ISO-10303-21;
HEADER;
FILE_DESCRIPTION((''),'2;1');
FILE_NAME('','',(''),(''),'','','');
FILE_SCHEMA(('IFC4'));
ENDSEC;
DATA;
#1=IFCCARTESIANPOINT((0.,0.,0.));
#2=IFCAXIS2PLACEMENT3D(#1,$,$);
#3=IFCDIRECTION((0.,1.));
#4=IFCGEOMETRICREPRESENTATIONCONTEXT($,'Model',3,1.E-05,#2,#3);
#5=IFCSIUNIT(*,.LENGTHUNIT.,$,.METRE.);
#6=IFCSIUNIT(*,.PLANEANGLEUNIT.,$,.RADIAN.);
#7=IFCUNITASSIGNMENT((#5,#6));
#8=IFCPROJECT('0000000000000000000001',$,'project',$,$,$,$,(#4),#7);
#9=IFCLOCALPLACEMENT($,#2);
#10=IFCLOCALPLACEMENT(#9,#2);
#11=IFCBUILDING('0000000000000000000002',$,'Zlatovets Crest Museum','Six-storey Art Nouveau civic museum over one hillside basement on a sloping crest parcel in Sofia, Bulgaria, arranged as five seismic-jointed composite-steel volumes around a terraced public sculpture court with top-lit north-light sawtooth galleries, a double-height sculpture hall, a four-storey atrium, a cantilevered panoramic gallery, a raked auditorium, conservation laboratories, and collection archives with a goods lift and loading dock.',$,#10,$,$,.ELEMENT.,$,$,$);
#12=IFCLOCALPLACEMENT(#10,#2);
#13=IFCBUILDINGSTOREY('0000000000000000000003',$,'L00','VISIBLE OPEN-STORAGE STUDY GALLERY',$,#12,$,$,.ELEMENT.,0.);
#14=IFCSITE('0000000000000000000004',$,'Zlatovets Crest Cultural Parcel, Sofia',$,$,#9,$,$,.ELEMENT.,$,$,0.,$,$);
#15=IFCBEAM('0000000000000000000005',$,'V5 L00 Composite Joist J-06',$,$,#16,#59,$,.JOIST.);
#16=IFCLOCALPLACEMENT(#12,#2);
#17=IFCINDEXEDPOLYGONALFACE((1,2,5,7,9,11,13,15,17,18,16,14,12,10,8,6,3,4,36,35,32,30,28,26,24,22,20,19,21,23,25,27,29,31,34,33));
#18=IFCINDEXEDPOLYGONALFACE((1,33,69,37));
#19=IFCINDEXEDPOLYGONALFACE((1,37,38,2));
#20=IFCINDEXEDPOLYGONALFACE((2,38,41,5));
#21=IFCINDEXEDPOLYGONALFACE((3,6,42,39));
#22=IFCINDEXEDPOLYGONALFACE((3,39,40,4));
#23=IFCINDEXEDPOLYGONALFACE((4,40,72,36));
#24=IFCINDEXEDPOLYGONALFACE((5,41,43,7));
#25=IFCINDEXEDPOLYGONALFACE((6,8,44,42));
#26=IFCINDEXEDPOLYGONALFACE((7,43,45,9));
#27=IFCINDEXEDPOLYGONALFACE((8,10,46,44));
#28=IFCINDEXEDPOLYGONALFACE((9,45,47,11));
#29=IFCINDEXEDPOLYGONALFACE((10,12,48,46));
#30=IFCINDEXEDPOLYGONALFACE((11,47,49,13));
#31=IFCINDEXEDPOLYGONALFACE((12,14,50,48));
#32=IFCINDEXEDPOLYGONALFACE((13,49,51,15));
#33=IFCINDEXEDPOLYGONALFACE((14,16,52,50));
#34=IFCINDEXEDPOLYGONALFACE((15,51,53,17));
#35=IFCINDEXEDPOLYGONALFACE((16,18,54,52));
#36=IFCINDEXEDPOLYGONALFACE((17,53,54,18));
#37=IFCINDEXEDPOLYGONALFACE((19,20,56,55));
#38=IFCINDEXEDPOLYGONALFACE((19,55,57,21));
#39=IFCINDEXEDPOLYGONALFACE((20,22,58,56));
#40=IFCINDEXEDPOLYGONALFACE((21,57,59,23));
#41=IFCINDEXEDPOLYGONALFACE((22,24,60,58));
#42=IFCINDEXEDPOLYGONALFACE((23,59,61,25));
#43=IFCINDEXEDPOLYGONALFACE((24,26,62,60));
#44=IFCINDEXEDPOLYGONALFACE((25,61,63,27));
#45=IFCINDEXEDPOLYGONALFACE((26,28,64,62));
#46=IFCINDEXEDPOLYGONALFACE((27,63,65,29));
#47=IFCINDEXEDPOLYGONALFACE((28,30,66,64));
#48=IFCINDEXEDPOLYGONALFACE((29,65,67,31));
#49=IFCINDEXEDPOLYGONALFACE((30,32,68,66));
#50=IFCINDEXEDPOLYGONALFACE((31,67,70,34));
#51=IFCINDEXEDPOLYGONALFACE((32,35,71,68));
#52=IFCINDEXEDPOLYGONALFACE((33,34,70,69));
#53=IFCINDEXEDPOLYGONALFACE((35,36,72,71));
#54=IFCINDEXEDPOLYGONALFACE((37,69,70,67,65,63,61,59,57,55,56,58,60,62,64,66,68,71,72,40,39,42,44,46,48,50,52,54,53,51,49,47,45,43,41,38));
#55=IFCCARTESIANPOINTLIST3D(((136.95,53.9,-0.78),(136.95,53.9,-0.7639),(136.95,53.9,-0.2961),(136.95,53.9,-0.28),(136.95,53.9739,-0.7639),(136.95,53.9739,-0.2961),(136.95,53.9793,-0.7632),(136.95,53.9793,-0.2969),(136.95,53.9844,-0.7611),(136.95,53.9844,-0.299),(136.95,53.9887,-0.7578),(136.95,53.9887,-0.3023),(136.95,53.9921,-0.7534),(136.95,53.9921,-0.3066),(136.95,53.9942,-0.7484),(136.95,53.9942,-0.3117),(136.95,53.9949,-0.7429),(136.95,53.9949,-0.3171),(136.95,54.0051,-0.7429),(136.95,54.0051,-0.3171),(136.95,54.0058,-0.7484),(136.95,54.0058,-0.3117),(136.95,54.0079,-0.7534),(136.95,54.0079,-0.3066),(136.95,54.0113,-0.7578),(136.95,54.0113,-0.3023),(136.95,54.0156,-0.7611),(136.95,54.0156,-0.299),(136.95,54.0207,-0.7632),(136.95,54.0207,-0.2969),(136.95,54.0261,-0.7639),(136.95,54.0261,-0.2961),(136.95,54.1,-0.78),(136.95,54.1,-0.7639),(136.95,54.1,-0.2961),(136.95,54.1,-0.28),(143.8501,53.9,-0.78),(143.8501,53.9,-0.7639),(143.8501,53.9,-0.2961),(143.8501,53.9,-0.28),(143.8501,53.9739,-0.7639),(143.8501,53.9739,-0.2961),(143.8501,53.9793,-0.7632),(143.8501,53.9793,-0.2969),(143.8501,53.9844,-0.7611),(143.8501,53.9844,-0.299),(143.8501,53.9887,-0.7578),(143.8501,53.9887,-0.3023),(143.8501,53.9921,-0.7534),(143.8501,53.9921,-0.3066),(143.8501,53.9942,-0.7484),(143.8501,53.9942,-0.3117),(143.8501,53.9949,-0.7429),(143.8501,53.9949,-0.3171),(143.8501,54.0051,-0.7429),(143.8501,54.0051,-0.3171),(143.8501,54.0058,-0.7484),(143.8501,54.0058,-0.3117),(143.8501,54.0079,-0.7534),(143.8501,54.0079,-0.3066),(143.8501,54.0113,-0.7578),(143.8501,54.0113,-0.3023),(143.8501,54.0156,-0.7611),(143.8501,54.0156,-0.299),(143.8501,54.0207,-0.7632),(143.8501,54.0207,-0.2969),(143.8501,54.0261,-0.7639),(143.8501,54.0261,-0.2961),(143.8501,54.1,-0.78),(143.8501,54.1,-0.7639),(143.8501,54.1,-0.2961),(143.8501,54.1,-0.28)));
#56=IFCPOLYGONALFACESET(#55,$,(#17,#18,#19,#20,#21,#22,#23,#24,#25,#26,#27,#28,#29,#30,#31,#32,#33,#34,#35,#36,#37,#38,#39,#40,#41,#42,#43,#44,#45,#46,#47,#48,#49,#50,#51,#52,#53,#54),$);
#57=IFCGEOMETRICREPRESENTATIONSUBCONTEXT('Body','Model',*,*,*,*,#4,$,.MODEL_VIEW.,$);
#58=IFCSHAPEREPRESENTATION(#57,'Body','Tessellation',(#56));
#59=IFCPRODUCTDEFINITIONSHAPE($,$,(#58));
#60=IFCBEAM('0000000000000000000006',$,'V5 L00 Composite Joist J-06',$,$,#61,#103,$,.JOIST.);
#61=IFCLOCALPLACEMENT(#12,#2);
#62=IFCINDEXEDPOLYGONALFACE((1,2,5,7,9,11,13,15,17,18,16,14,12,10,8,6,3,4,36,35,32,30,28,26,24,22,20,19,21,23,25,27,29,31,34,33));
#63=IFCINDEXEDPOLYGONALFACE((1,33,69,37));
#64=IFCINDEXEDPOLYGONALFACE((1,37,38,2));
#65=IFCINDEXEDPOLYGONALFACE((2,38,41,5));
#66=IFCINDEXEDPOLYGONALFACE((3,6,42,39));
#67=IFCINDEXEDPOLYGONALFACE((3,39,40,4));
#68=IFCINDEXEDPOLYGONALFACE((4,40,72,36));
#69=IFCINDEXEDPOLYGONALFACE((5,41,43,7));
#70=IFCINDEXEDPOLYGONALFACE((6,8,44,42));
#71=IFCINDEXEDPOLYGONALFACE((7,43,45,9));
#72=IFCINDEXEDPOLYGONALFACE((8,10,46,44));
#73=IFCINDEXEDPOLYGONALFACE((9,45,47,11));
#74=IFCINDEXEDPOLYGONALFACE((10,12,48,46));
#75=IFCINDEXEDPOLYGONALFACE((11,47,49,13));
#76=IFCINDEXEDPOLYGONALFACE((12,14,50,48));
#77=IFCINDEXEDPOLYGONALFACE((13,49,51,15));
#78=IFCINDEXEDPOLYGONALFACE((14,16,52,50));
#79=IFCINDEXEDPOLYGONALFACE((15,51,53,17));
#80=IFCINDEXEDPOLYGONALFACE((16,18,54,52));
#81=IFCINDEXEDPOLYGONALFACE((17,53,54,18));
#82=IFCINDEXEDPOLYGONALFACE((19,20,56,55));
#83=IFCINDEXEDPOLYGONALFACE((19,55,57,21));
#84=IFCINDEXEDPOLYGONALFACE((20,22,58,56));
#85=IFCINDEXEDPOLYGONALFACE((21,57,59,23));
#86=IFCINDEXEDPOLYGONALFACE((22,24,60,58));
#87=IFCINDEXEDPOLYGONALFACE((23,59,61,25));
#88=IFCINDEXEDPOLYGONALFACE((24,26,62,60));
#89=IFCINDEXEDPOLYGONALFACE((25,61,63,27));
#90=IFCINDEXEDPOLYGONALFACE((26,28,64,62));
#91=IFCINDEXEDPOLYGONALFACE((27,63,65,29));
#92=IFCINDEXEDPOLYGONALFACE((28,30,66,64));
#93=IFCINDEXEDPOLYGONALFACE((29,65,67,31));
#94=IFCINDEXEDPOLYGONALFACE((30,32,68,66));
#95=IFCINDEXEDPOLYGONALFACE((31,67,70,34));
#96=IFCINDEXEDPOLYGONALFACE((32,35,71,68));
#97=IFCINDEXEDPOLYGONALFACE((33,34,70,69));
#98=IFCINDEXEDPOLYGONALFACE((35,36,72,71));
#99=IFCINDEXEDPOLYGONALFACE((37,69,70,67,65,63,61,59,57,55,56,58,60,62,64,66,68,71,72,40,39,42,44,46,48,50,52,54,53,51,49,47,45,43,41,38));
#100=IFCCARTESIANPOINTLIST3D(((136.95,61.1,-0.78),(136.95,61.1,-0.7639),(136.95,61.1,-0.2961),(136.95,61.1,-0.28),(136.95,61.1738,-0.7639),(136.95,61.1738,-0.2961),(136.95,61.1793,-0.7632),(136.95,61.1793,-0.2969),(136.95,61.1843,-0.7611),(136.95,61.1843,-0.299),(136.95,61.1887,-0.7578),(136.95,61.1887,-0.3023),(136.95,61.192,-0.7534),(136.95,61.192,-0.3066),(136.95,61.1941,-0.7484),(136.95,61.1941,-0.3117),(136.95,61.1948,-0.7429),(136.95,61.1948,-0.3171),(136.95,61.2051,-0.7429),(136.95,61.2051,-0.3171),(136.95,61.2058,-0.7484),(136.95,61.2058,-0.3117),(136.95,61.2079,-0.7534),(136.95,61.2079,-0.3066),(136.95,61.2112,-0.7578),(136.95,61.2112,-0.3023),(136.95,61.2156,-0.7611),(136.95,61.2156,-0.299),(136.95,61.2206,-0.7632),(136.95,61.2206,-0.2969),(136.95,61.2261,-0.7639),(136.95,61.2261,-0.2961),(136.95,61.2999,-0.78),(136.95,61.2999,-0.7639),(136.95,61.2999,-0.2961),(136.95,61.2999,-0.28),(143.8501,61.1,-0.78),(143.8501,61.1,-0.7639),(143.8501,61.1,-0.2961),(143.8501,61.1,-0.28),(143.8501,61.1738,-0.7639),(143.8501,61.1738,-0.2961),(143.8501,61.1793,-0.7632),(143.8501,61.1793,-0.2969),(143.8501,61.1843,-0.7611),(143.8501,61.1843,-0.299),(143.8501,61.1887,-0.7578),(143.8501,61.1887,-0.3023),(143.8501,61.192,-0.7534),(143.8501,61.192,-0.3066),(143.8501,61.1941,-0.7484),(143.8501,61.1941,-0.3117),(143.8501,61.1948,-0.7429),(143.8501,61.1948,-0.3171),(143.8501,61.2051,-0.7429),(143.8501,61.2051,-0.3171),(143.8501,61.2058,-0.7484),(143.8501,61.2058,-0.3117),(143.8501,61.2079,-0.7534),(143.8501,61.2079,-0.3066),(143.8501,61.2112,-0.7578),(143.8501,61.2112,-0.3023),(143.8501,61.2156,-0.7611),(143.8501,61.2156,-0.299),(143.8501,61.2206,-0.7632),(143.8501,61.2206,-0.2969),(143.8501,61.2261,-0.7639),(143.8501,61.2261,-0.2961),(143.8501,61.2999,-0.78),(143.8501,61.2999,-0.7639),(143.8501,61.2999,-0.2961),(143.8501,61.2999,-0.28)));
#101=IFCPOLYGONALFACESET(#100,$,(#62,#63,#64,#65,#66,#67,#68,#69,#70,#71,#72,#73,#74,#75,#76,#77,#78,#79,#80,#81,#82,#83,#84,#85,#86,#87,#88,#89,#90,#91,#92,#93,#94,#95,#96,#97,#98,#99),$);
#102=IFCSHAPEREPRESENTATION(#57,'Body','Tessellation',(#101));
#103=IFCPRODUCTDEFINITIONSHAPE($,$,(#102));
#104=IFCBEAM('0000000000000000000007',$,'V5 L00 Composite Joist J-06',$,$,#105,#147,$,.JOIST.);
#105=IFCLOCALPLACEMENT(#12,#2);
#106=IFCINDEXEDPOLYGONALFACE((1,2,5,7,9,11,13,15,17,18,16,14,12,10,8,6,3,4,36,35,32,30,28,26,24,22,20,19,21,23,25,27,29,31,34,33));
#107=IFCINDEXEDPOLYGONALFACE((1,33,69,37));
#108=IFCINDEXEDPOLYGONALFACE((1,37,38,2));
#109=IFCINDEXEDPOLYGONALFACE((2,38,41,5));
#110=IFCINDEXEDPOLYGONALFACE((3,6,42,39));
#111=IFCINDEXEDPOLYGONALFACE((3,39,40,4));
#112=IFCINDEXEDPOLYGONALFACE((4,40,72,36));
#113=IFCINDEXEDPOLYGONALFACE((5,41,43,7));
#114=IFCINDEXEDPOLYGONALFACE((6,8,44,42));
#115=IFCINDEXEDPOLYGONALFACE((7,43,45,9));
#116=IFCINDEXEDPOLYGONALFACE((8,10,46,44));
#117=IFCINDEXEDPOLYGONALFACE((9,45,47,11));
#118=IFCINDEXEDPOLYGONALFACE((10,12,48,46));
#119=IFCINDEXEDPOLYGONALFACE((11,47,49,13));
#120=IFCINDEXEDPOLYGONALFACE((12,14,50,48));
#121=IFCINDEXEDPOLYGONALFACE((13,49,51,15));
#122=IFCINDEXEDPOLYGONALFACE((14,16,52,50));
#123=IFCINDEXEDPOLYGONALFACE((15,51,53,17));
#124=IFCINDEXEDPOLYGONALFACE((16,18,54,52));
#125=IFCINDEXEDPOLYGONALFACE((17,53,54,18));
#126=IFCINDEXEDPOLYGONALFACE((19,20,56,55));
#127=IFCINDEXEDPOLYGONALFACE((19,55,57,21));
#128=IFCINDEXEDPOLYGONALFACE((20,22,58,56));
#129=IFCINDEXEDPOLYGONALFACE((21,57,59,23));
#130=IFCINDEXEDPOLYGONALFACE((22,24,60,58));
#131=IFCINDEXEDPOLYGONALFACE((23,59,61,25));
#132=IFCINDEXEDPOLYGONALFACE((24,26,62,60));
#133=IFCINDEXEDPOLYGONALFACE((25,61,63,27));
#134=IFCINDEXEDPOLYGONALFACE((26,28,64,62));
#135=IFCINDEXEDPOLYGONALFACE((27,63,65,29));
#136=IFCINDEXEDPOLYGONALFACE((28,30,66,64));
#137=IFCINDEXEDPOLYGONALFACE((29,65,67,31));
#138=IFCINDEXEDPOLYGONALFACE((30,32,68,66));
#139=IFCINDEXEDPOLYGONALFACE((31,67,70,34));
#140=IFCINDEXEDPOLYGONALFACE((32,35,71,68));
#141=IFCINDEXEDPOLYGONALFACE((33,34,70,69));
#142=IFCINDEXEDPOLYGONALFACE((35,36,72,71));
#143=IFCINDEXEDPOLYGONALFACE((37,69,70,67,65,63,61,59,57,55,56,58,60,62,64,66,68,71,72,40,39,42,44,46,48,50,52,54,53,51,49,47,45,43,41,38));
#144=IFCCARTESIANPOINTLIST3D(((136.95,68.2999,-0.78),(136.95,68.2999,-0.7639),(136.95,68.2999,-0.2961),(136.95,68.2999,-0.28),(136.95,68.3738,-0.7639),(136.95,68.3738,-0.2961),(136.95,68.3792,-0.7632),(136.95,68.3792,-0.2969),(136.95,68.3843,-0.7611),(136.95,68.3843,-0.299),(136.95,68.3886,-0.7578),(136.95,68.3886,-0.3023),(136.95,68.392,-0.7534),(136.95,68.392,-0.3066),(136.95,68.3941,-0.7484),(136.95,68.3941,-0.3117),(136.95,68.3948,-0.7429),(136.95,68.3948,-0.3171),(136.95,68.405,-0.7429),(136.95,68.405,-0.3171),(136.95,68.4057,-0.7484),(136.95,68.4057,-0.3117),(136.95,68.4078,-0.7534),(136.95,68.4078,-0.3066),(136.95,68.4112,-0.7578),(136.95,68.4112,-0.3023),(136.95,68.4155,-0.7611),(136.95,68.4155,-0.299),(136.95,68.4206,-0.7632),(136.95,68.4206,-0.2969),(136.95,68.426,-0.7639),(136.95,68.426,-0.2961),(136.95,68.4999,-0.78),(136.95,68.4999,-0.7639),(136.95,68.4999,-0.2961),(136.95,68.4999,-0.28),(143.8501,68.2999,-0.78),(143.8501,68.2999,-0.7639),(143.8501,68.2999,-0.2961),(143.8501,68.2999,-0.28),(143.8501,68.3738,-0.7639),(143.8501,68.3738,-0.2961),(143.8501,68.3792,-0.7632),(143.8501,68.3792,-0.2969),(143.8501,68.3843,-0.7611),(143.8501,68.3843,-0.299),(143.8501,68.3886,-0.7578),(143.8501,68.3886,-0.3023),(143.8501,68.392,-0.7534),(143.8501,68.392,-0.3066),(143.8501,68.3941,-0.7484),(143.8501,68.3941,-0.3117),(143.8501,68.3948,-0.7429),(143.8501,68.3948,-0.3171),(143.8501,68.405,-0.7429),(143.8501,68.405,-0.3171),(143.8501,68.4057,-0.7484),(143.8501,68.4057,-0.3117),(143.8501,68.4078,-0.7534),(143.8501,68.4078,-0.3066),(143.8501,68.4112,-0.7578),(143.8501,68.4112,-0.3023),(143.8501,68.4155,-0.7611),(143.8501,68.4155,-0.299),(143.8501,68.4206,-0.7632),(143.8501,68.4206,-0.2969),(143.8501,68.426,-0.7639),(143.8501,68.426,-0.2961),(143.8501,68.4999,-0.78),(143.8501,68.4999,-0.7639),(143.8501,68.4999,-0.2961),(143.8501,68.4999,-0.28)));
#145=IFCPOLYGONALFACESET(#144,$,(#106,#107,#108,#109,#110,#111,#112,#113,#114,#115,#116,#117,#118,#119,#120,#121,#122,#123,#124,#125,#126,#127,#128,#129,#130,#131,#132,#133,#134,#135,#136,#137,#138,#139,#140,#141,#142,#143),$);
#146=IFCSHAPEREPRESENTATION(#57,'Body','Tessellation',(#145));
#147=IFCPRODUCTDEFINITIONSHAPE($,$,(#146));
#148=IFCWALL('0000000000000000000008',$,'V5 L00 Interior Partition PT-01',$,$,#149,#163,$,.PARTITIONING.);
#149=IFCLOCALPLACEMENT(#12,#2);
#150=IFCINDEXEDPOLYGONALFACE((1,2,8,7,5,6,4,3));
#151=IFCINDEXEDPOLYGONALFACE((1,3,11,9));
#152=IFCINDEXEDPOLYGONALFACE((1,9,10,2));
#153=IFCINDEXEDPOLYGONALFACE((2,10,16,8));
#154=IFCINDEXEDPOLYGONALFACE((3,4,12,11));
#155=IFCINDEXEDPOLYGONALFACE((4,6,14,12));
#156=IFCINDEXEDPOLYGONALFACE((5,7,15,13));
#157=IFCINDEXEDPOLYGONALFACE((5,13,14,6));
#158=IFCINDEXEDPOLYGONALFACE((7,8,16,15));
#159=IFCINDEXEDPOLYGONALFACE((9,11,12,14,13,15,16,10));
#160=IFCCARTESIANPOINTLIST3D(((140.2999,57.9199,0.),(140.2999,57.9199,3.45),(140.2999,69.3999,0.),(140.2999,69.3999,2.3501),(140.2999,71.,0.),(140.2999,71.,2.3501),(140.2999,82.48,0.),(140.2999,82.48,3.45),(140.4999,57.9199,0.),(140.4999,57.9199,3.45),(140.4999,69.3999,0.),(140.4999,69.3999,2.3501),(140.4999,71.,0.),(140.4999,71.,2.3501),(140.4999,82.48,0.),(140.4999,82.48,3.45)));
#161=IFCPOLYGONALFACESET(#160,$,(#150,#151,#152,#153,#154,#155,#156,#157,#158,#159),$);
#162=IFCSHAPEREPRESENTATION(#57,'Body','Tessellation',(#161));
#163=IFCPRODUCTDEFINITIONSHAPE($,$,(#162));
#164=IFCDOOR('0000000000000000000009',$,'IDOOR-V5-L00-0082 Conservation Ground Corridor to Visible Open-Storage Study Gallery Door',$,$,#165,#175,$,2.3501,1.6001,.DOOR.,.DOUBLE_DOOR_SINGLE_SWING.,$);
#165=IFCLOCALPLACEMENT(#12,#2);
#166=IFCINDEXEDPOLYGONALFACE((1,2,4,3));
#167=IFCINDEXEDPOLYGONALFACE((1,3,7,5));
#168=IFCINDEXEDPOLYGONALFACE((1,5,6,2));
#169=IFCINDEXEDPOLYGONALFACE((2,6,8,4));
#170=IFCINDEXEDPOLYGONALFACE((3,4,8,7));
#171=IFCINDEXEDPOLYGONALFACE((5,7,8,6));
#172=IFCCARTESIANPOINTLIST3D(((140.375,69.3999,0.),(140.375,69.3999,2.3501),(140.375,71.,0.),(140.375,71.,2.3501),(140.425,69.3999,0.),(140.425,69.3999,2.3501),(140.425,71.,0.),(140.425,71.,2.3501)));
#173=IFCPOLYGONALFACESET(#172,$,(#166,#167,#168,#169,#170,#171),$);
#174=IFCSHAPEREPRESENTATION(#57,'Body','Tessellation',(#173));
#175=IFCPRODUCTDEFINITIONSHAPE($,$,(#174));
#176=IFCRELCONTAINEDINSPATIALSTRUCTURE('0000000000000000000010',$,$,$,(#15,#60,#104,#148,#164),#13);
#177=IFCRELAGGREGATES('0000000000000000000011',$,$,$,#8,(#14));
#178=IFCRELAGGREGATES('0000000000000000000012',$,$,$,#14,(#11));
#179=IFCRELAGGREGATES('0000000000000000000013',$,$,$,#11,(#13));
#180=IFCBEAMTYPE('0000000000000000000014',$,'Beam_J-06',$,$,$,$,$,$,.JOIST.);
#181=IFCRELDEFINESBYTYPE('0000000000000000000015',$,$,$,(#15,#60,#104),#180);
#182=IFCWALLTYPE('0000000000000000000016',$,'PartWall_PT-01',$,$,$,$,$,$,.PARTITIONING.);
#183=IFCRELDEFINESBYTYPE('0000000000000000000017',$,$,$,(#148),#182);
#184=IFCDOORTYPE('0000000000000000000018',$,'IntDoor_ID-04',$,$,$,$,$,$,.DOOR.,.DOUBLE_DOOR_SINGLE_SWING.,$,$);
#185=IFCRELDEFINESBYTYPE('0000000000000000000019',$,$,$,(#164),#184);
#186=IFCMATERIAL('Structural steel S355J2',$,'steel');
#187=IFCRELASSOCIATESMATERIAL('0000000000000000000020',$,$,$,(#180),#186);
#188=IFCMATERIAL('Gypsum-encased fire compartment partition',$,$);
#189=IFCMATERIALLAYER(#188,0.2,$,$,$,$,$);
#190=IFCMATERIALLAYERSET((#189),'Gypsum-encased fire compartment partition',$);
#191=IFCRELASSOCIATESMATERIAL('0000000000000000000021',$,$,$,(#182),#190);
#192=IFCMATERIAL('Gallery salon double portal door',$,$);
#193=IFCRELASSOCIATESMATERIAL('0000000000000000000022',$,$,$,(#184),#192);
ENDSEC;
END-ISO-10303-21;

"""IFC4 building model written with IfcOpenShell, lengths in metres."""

from ifc_helpers import new_model, si_unit, direction, frame, frame_2d, origin, origin_2d, place, context, subcontext, project, spatial, rectangle, i_section, extrude, material, layer, layer_set, material_profile, profile_set, type_object, element, fill, save


model = new_model("IFC4")

# Units and contexts
model_context = context("Model", 3, precision=1e-05, world=origin(), true_north=direction((0.0, 1.0)))
body_context = subcontext(model_context, "Body", "Model", "MODEL_VIEW")
ifc_project = project(units=[si_unit("LENGTHUNIT", "METRE"), si_unit("PLANEANGLEUNIT", "RADIAN")], contexts=[model_context])

# Site, building, storey
site_placement = place(None, origin())
site = spatial("IfcSite", under=ifc_project, at=site_placement, Name="Zlatovets Crest Cultural Parcel, Sofia", CompositionType="ELEMENT", RefElevation=0.0)
building_placement = place(site_placement, origin())
building = spatial("IfcBuilding", under=site, at=building_placement, Name="Zlatovets Crest Museum", Description="Six-storey Art Nouveau civic museum over one hillside basement on a sloping crest parcel in Sofia, Bulgaria, arranged as five seismic-jointed composite-steel volumes around a terraced public sculpture court with top-lit north-light sawtooth galleries, a double-height sculpture hall, a four-storey atrium, a cantilevered panoramic gallery, a raked auditorium, conservation laboratories, and collection archives with a goods lift and loading dock.", CompositionType="ELEMENT")
storey_placement = place(building_placement, origin())
storey = spatial("IfcBuildingStorey", under=building, at=storey_placement, Name="L00", Description="VISIBLE OPEN-STORAGE STUDY GALLERY", CompositionType="ELEMENT", Elevation=0.0)

# Shared definitions
ifc_material_1 = material(Name="Structural steel S355J2", Category="steel")

# Beams
ifc_material_profile_1 = material_profile(ifc_material_1, i_section(OverallWidth=0.2, OverallDepth=0.5, WebThickness=0.0103, FlangeThickness=0.0161, FilletRadius=0.021, at=origin_2d()), Name="IPE 500")
ifc_profile_set_1 = profile_set([ifc_material_profile_1], Name="Structural steel S355J2")
beam_type_1 = type_object("IfcBeamType", Name="Beam_J-06", PredefinedType="JOIST", material=ifc_profile_set_1)
for number, where, z_axis, x_axis, name in (
    (1, (136.95, 54.0, -0.53), (1.0, 0.0, 0.0), (0.0, 1.0, 0.0), "V5 L00 Composite Joist J-06"),
    (2, (136.95, 61.2, -0.53), (1.0, 0.0, 0.0), (0.0, 1.0, 0.0), "V5 L00 Composite Joist J-06"),
    (3, (136.95, 68.3999, -0.53), (1.0, 0.0, 0.0), (0.0, 1.0, 0.0), "V5 L00 Composite Joist J-06"),
):
    element("IfcBeam", number, at=place(storey_placement, frame(where, z_axis=z_axis, x_axis=x_axis)), inside=storey, type_object=beam_type_1, Name=name, PredefinedType="JOIST", context=body_context, shape_type="SweptSolid", body=[
        extrude(i_section(OverallWidth=0.2, OverallDepth=0.5, WebThickness=0.0103, FlangeThickness=0.0161, FilletRadius=0.021, at=origin_2d()), origin(), (0.0, 0.0, 1.0), 6.9001),
    ])

# Wall, opening, door
ifc_material_2 = material(Name="Gypsum-encased fire compartment partition")
ifc_layer = layer(ifc_material_2, 0.2)
ifc_layer_set = layer_set([ifc_layer], Name="Gypsum-encased fire compartment partition")
wall_type = type_object("IfcWallType", Name="PartWall_PT-01", PredefinedType="PARTITIONING", material=ifc_layer_set)
wall_1_placement = place(storey_placement, frame((140.3999, 57.9199, 0.0), z_axis=(0.0, 0.0, 1.0), x_axis=(0.0, 1.0, 0.0)))
wall_1 = element("IfcWall", 4, at=wall_1_placement, inside=storey, type_object=wall_type, Name="V5 L00 Interior Partition PT-01", PredefinedType="PARTITIONING", context=body_context, shape_type="SweptSolid", body=[
    extrude(rectangle(XDim=24.5601, YDim=0.2, at=frame_2d((12.28, 0.0))), origin(), (0.0, 0.0, 1.0), 3.45),
])
opening_1_placement = place(wall_1_placement, frame((11.48, 0.0, 0.0)))
opening_1 = element("IfcOpeningElement", 5, at=opening_1_placement, cuts=wall_1, PredefinedType="OPENING", context=body_context, shape_type="SweptSolid", body=[
    extrude(rectangle(XDim=1.6001, YDim=2.3501, at=frame_2d((0.8, 1.175))), frame((0.0, 0.1099, 0.0), z_axis=(0.0, -1.0, 0.0), x_axis=(1.0, 0.0, 0.0)), (0.0, 0.0, 1.0), 0.22),
])
ifc_material_3 = material(Name="Gallery salon double portal door")
door_type_1 = type_object("IfcDoorType", Name="IntDoor_ID-04", OperationType="DOUBLE_DOOR_SINGLE_SWING", PredefinedType="DOOR", material=ifc_material_3)
door_1_placement = place(opening_1_placement, origin())
door_1 = element("IfcDoor", 6, at=door_1_placement, inside=storey, type_object=door_type_1, Name="IDOOR-V5-L00-0082 Conservation Ground Corridor to Visible Open-Storage Study Gallery Door", OperationType="DOUBLE_DOOR_SINGLE_SWING", OverallHeight=2.3501, OverallWidth=1.6001, PredefinedType="DOOR", context=body_context, shape_type="SweptSolid", body=[
    extrude(rectangle(XDim=1.6001, YDim=2.3501, at=frame_2d((0.8, 1.175))), frame((0.0, 0.0249, 0.0), z_axis=(0.0, -1.0, 0.0), x_axis=(1.0, 0.0, 0.0)), (0.0, 0.0, 1.0), 0.05),
])
fill(opening_1, door_1)

save(model, "model.ifc")
